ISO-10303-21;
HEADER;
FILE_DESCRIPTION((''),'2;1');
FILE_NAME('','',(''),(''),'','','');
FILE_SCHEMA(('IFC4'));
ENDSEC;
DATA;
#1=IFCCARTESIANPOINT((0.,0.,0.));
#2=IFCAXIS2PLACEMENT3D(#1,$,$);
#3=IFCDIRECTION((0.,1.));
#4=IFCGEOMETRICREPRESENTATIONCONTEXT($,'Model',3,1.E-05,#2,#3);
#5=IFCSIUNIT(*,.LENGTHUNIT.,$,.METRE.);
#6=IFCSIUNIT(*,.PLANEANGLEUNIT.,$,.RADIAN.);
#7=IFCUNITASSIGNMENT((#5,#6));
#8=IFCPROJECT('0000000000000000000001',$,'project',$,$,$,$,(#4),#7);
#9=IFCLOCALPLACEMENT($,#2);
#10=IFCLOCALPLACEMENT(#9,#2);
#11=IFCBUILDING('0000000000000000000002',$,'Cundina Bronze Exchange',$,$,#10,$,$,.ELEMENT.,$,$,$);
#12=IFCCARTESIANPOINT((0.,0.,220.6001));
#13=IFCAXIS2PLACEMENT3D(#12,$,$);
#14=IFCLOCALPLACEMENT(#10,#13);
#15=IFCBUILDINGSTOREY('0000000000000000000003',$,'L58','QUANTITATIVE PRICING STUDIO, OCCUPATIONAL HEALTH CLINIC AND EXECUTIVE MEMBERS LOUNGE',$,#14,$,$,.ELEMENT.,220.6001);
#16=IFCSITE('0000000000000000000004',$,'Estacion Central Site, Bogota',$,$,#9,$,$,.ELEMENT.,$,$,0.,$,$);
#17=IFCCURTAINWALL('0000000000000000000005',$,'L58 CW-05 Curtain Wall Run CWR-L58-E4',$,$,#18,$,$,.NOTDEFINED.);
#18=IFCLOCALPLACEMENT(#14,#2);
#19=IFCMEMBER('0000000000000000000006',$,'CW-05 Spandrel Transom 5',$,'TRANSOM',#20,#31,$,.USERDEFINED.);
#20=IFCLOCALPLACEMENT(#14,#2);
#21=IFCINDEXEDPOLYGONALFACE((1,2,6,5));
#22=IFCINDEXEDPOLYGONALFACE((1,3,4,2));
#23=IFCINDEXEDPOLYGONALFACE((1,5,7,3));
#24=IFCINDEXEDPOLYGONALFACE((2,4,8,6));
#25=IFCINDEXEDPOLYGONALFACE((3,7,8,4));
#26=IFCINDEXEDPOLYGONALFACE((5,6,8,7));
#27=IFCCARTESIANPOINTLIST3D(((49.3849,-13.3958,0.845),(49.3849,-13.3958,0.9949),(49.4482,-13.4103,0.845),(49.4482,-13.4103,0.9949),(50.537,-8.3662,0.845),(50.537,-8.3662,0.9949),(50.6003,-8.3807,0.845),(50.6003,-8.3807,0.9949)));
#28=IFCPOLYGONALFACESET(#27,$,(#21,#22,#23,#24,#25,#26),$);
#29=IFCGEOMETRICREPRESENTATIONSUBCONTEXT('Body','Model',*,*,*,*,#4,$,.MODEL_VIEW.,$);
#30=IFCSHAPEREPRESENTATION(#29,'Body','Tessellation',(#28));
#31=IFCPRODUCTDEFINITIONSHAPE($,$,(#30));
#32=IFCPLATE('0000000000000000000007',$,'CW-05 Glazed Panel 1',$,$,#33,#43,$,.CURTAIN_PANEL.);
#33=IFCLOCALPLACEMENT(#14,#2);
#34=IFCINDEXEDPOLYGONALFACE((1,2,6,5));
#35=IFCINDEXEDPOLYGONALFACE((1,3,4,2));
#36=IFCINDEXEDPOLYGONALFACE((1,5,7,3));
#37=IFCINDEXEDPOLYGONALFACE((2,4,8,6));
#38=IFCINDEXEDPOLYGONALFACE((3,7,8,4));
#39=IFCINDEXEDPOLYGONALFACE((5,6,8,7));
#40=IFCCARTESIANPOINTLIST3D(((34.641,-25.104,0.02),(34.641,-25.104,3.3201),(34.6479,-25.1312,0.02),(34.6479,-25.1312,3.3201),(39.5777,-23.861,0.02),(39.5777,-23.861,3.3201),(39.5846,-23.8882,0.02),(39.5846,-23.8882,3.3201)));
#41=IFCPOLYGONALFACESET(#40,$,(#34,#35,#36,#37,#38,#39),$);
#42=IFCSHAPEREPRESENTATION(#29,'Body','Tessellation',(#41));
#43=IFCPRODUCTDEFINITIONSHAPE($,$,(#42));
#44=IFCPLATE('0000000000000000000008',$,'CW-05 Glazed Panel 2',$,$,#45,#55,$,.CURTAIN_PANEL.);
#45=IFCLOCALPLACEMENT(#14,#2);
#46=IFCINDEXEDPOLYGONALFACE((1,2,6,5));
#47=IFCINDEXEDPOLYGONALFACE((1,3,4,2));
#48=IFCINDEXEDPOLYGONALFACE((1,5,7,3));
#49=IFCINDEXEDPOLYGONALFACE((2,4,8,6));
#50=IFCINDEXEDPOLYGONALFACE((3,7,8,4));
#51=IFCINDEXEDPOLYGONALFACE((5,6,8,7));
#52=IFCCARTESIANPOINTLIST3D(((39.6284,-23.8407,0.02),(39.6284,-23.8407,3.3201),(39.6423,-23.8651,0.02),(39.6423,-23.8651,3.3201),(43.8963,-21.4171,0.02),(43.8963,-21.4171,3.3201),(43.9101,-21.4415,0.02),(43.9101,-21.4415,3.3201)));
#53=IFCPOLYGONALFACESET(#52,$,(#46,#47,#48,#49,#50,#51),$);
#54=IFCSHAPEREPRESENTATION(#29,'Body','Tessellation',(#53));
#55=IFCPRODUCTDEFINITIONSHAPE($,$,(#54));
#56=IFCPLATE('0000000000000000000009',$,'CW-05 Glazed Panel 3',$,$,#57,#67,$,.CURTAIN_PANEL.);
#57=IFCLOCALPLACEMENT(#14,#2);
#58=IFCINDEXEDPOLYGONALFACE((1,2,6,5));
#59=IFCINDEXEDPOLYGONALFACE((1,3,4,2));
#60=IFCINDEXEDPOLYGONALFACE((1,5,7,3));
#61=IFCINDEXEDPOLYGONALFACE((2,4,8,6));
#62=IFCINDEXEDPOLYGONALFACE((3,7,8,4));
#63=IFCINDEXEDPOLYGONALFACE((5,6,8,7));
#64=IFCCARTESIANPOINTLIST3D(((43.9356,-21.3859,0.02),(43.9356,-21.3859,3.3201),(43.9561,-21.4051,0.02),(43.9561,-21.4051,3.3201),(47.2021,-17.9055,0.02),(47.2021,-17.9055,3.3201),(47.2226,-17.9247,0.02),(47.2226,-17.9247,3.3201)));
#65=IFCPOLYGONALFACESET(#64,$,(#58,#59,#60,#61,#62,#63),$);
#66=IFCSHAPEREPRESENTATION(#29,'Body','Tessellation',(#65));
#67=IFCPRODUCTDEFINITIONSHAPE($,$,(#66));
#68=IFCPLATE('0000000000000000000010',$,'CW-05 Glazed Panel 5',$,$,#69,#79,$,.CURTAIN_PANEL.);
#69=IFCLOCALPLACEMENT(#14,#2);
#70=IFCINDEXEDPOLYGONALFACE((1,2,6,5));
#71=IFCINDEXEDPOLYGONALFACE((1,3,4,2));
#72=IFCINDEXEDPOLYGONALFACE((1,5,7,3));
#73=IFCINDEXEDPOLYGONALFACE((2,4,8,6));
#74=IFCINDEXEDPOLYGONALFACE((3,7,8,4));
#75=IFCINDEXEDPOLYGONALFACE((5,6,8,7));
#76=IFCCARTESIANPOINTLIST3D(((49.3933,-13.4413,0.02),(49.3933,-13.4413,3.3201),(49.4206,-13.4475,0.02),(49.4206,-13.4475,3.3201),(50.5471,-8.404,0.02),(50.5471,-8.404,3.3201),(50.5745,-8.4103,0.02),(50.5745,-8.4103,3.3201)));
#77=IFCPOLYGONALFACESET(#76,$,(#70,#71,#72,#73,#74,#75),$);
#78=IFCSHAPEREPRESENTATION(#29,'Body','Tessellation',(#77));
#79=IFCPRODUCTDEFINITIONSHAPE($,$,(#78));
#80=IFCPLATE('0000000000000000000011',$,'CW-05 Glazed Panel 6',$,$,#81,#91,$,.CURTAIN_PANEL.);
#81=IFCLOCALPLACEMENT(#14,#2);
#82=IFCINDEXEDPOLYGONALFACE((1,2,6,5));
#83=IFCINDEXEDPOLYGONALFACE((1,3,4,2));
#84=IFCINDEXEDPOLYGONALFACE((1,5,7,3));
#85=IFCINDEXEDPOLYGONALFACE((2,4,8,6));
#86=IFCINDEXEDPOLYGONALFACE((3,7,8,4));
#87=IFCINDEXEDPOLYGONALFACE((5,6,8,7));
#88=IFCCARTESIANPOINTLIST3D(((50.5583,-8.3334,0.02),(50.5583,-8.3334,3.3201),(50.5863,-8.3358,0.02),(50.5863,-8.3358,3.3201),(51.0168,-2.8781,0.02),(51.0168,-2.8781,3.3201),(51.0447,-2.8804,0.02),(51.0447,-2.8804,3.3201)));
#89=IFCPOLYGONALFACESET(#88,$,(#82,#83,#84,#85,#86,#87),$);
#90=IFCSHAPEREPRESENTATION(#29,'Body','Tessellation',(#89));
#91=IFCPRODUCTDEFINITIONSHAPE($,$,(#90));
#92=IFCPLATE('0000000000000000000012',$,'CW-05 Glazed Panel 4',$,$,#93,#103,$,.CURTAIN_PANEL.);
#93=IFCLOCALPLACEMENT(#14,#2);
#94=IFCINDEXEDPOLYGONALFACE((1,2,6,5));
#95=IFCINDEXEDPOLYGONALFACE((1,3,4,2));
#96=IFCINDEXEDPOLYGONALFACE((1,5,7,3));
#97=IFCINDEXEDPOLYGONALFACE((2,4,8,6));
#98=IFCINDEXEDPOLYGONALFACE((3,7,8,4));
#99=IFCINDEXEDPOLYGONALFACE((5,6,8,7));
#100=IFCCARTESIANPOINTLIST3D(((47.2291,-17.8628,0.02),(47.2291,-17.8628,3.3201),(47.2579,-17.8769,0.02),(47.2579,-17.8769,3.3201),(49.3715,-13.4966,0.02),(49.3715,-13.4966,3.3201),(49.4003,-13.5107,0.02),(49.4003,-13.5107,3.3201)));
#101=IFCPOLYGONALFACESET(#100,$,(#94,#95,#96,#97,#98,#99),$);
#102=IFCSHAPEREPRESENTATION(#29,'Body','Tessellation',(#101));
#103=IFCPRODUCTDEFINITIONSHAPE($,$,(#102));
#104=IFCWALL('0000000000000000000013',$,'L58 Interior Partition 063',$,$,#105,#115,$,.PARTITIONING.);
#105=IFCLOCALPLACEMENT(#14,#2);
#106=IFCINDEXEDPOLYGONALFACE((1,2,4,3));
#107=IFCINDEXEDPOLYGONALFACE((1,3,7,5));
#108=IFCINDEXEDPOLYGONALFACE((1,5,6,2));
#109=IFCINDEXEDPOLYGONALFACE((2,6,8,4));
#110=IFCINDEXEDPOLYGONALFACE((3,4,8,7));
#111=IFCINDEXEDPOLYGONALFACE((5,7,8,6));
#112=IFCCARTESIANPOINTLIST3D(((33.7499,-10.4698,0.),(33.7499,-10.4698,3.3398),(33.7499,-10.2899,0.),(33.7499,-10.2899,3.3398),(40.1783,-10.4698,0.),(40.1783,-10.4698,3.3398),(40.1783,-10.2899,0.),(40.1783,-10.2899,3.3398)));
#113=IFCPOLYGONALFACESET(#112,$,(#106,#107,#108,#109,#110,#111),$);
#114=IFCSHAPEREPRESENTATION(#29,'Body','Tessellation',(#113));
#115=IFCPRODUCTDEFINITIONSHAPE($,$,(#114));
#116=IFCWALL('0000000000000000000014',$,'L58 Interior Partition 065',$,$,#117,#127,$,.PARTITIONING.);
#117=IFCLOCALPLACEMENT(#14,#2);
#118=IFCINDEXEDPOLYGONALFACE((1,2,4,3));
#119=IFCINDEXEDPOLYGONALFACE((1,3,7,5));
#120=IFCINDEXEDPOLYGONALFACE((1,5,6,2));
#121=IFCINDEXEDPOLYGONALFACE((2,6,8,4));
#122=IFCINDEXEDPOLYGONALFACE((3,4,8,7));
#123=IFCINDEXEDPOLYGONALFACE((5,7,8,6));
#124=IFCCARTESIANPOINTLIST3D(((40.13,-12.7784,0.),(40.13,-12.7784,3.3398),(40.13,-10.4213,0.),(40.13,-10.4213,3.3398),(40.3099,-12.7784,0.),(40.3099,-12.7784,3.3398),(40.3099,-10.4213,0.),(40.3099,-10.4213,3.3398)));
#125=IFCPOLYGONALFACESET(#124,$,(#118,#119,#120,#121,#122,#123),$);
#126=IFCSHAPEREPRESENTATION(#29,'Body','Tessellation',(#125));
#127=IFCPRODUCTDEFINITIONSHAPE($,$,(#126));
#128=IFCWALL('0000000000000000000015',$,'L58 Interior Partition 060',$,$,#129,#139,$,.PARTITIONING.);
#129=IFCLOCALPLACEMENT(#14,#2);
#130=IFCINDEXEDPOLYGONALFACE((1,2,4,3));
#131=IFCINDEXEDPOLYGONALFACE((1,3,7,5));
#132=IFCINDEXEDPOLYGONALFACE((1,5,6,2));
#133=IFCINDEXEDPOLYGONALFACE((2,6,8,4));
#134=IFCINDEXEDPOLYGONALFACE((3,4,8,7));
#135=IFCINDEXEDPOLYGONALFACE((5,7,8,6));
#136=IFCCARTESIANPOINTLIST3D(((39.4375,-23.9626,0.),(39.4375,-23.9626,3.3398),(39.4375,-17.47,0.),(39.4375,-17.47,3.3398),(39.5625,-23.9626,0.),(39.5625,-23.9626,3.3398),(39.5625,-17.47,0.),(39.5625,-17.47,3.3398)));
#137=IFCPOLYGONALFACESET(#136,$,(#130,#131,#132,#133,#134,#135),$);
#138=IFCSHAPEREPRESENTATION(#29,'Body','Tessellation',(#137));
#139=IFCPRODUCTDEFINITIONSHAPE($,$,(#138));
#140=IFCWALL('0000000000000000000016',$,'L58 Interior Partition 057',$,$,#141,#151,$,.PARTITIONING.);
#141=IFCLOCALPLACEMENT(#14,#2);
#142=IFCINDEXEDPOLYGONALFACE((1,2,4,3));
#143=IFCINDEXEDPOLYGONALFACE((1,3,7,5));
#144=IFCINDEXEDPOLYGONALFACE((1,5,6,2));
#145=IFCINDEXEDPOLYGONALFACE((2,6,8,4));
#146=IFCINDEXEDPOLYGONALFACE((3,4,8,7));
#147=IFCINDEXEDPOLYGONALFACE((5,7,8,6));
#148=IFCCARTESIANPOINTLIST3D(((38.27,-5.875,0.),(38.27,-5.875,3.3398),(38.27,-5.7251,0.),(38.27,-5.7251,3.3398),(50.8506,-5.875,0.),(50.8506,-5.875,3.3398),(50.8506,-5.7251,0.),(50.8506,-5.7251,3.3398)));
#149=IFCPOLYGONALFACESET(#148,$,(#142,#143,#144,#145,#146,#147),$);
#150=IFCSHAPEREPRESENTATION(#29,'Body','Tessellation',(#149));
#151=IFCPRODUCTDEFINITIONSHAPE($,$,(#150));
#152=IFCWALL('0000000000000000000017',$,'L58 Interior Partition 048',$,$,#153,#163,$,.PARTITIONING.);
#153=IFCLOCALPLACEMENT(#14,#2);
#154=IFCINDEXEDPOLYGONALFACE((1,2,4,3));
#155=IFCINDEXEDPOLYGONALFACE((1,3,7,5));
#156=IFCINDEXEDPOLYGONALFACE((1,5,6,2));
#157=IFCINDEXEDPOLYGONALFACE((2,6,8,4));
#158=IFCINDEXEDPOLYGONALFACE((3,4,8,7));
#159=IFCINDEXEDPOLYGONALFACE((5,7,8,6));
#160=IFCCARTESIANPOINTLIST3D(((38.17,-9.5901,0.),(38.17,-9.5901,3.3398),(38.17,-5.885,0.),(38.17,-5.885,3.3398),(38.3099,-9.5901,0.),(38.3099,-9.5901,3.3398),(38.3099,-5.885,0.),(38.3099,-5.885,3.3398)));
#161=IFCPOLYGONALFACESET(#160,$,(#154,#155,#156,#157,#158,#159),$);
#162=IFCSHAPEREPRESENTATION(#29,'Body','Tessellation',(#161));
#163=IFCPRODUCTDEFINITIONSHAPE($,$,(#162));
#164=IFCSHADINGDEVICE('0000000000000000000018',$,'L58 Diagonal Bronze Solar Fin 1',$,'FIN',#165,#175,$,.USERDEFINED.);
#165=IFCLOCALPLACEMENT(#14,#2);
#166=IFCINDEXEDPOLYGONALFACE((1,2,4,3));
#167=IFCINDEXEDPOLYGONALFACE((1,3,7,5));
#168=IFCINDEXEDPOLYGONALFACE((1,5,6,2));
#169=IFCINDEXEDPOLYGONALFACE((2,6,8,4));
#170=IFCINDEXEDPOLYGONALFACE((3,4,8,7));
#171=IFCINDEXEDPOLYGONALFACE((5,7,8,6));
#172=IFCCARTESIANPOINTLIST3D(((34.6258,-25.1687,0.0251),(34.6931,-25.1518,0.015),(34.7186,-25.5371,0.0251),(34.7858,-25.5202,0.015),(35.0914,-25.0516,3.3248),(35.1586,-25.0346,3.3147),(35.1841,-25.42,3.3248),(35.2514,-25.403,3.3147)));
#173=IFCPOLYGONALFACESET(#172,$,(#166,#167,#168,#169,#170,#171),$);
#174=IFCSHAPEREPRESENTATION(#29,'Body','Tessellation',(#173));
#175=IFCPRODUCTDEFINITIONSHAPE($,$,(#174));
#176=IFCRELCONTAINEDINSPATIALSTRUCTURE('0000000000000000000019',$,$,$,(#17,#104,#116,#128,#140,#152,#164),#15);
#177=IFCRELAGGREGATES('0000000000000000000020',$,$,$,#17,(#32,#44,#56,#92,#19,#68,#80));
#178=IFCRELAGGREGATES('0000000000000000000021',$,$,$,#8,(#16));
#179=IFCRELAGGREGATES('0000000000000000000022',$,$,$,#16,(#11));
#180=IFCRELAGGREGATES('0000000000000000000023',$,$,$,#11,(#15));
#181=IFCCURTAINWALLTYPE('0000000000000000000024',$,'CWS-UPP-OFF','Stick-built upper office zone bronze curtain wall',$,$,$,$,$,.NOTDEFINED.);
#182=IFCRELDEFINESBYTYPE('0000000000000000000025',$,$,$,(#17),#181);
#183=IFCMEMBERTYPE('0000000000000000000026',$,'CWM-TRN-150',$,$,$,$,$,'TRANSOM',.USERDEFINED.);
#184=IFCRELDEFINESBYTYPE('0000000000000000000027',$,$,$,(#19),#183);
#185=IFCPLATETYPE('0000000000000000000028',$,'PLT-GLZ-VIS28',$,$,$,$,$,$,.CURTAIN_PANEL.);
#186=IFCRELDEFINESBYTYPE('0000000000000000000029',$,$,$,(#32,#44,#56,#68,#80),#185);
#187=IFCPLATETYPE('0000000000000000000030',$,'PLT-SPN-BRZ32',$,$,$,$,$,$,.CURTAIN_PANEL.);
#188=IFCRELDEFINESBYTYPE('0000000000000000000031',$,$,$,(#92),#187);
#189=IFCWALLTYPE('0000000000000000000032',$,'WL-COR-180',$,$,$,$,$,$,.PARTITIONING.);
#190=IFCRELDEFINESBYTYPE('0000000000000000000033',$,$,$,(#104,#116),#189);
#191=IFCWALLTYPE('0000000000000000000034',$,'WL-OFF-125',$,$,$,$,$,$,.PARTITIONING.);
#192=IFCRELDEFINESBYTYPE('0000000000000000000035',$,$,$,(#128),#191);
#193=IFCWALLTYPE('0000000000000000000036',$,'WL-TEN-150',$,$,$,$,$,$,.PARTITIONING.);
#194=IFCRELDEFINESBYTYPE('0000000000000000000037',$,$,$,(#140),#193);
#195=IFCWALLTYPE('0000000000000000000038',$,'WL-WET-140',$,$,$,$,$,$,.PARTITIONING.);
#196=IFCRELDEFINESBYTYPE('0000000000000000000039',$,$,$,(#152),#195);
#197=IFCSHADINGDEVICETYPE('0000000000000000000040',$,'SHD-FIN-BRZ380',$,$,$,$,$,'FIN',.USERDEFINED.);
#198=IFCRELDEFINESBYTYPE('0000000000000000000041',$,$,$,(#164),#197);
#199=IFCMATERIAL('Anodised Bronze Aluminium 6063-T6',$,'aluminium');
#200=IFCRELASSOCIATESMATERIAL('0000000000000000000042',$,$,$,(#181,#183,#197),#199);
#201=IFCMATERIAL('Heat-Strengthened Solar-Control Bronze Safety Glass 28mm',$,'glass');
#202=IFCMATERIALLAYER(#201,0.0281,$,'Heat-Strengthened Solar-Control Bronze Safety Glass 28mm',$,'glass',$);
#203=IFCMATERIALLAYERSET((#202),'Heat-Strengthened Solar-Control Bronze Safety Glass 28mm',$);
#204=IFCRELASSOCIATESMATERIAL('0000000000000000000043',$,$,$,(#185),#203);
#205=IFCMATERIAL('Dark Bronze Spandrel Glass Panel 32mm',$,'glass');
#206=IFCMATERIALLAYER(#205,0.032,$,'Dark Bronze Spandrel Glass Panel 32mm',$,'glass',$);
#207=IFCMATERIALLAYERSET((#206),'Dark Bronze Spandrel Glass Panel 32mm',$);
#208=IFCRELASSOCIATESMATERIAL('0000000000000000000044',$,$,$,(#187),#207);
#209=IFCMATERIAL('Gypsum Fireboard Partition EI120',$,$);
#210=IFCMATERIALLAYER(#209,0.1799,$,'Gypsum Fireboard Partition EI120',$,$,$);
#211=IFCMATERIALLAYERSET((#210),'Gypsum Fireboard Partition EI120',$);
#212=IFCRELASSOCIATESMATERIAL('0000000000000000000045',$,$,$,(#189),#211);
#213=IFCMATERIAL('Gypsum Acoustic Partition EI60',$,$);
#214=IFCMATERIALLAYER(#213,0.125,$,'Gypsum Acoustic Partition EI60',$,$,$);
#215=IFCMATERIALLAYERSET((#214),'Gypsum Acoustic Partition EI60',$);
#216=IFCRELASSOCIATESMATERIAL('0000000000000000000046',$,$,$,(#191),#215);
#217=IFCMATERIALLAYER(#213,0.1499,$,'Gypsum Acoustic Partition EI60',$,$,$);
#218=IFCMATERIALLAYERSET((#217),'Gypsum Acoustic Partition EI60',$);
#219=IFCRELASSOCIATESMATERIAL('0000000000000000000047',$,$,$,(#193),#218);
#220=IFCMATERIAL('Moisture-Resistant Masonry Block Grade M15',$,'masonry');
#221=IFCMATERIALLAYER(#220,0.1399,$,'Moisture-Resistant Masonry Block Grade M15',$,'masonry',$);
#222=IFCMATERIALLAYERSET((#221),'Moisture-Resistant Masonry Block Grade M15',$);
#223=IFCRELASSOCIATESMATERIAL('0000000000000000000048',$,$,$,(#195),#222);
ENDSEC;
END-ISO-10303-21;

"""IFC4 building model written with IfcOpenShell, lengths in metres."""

from ifc_helpers import new_model, si_unit, direction, frame, frame_2d, origin, origin_2d, place, context, subcontext, project, spatial, rectangle, extrude, material, layer, layer_set, material_profile, profile_set, type_object, element, aggregate, save


model = new_model("IFC4")

# Units and contexts
model_context = context("Model", 3, precision=1e-05, world=origin(), true_north=direction((0.0, 1.0)))
body_context = subcontext(model_context, "Body", "Model", "MODEL_VIEW")
ifc_project = project(units=[si_unit("LENGTHUNIT", "METRE"), si_unit("PLANEANGLEUNIT", "RADIAN")], contexts=[model_context])

# Site, building, storey
site_placement = place(None, origin())
site = spatial("IfcSite", under=ifc_project, at=site_placement, Name="Estacion Central Site, Bogota", CompositionType="ELEMENT", RefElevation=0.0)
building_placement = place(site_placement, origin())
building = spatial("IfcBuilding", under=site, at=building_placement, Name="Cundina Bronze Exchange", CompositionType="ELEMENT")
storey_placement = place(building_placement, frame((0.0, 0.0, 220.6001)))
storey = spatial("IfcBuildingStorey", under=building, at=storey_placement, Name="L58", Description="QUANTITATIVE PRICING STUDIO, OCCUPATIONAL HEALTH CLINIC AND EXECUTIVE MEMBERS LOUNGE", CompositionType="ELEMENT", Elevation=220.6001)

# Curtain wall, member, plates
ifc_material_1 = material(Name="Anodised Bronze Aluminium 6063-T6", Category="aluminium")
curtain_wall_type = type_object("IfcCurtainWallType", Name="CWS-UPP-OFF", Description="Stick-built upper office zone bronze curtain wall", PredefinedType="NOTDEFINED", material=ifc_material_1)
curtain_wall_placement = place(storey_placement, origin())
curtain_wall = element("IfcCurtainWall", 1, at=curtain_wall_placement, inside=storey, type_object=curtain_wall_type, Name="L58 CW-05 Curtain Wall Run CWR-L58-E4", PredefinedType="NOTDEFINED")
ifc_material_profile_1 = material_profile(ifc_material_1, rectangle(XDim=0.0649, YDim=0.1499, at=origin_2d()), Name="AL65X150", Category="aluminium")
ifc_profile_set_1 = profile_set([ifc_material_profile_1], Name="Anodised Bronze Aluminium 6063-T6")
member_type_1 = type_object("IfcMemberType", Name="CWM-TRN-150", ElementType="TRANSOM", PredefinedType="USERDEFINED", material=ifc_profile_set_1)
member_1_placement = place(storey_placement, frame((49.4165, -13.4031, 0.9199), z_axis=(0.223283, 0.974754, 0.0), x_axis=(-0.974754, 0.223283, 0.0)))
member_1 = element("IfcMember", 2, at=member_1_placement, type_object=member_type_1, Name="CW-05 Spandrel Transom 5", ObjectType="TRANSOM", PredefinedType="USERDEFINED", context=body_context, shape_type="SweptSolid", body=[
    extrude(rectangle(XDim=0.0649, YDim=0.1499, at=origin_2d()), origin(), (0.0, 0.0, 1.0), 5.1599),
])
ifc_material_2 = material(Name="Heat-Strengthened Solar-Control Bronze Safety Glass 28mm", Category="glass")
ifc_layer_1 = layer(ifc_material_2, 0.0281, Name="Heat-Strengthened Solar-Control Bronze Safety Glass 28mm", Category="glass")
ifc_layer_set_1 = layer_set([ifc_layer_1], Name="Heat-Strengthened Solar-Control Bronze Safety Glass 28mm")
plate_type_1 = type_object("IfcPlateType", Name="PLT-GLZ-VIS28", PredefinedType="CURTAIN_PANEL", material=ifc_layer_set_1)
plate_1_placement = place(storey_placement, frame((37.1128, -24.4961, 0.02), z_axis=(0.0, 0.0, 1.0), x_axis=(0.969732, 0.244174, 0.0)))
plate_1 = element("IfcPlate", 3, at=plate_1_placement, type_object=plate_type_1, Name="CW-05 Glazed Panel 1", PredefinedType="CURTAIN_PANEL", context=body_context, shape_type="SweptSolid", body=[
    extrude(rectangle(XDim=5.0908, YDim=0.0281, at=origin_2d()), origin(), (0.0, 0.0, 1.0), 3.3),
])
plate_2_placement = place(storey_placement, frame((41.7693, -22.6411, 0.02), z_axis=(0.0, 0.0, 1.0), x_axis=(0.869573, 0.493805, 0.0)))
plate_2 = element("IfcPlate", 4, at=plate_2_placement, type_object=plate_type_1, Name="CW-05 Glazed Panel 2", PredefinedType="CURTAIN_PANEL", context=body_context, shape_type="SweptSolid", body=[
    extrude(rectangle(XDim=4.908, YDim=0.0281, at=origin_2d()), origin(), (0.0, 0.0, 1.0), 3.3),
])
plate_3_placement = place(storey_placement, frame((45.5791, -19.6553, 0.02), z_axis=(0.0, 0.0, 1.0), x_axis=(0.684344, 0.72916, 0.0)))
plate_3 = element("IfcPlate", 5, at=plate_3_placement, type_object=plate_type_1, Name="CW-05 Glazed Panel 3", PredefinedType="CURTAIN_PANEL", context=body_context, shape_type="SweptSolid", body=[
    extrude(rectangle(XDim=4.7732, YDim=0.0281, at=origin_2d()), origin(), (0.0, 0.0, 1.0), 3.3),
])
plate_4_placement = place(storey_placement, frame((49.9839, -10.9258, 0.02), z_axis=(0.0, 0.0, 1.0), x_axis=(0.223284, 0.974753, 0.0)))
plate_4 = element("IfcPlate", 6, at=plate_4_placement, type_object=plate_type_1, Name="CW-05 Glazed Panel 5", PredefinedType="CURTAIN_PANEL", context=body_context, shape_type="SweptSolid", body=[
    extrude(rectangle(XDim=5.1677, YDim=0.0281, at=origin_2d()), origin(), (0.0, 0.0, 1.0), 3.3),
])
plate_5_placement = place(storey_placement, frame((50.8015, -5.6069, 0.02), z_axis=(0.0, 0.0, 1.0), x_axis=(0.083747, 0.996487, 0.0)))
plate_5 = element("IfcPlate", 7, at=plate_5_placement, type_object=plate_type_1, Name="CW-05 Glazed Panel 6", PredefinedType="CURTAIN_PANEL", context=body_context, shape_type="SweptSolid", body=[
    extrude(rectangle(XDim=5.4746, YDim=0.0281, at=origin_2d()), origin(), (0.0, 0.0, 1.0), 3.3),
])
ifc_material_3 = material(Name="Dark Bronze Spandrel Glass Panel 32mm", Category="glass")
ifc_layer_2 = layer(ifc_material_3, 0.032, Name="Dark Bronze Spandrel Glass Panel 32mm", Category="glass")
ifc_layer_set_2 = layer_set([ifc_layer_2], Name="Dark Bronze Spandrel Glass Panel 32mm")
plate_type_2 = type_object("IfcPlateType", Name="PLT-SPN-BRZ32", PredefinedType="CURTAIN_PANEL", material=ifc_layer_set_2)
plate_6_placement = place(storey_placement, frame((48.3147, -15.6868, 0.02), z_axis=(0.0, 0.0, 1.0), x_axis=(0.440503, 0.897751, 0.0)))
plate_6 = element("IfcPlate", 8, at=plate_6_placement, type_object=plate_type_2, Name="CW-05 Glazed Panel 4", PredefinedType="CURTAIN_PANEL", context=body_context, shape_type="SweptSolid", body=[
    extrude(rectangle(XDim=4.8635, YDim=0.032, at=origin_2d()), origin(), (0.0, 0.0, 1.0), 3.3),
])
aggregate(curtain_wall, [plate_1, plate_2, plate_3, plate_6, member_1, plate_4, plate_5])

# Walls
ifc_material_4 = material(Name="Gypsum Fireboard Partition EI120")
ifc_layer_3 = layer(ifc_material_4, 0.1799, Name="Gypsum Fireboard Partition EI120")
ifc_layer_set_3 = layer_set([ifc_layer_3], Name="Gypsum Fireboard Partition EI120")
wall_type_1 = type_object("IfcWallType", Name="WL-COR-180", PredefinedType="PARTITIONING", material=ifc_layer_set_3)
wall_1_placement = place(storey_placement, frame((40.1785, -10.3799, 0.0), z_axis=(0.0, 0.0, 1.0), x_axis=(-1.0, 0.0, 0.0)))
element("IfcWall", 9, at=wall_1_placement, inside=storey, type_object=wall_type_1, Name="L58 Interior Partition 063", PredefinedType="PARTITIONING", context=body_context, shape_type="SweptSolid", body=[
    extrude(rectangle(XDim=6.4285, YDim=0.1799, at=frame_2d((3.2144, 0.0))), origin(), (0.0, 0.0, 1.0), 3.3398),
])
wall_2_placement = place(storey_placement, frame((40.22, -12.7786, 0.0), z_axis=(0.0, 0.0, 1.0), x_axis=(0.0, 1.0, 0.0)))
element("IfcWall", 10, at=wall_2_placement, inside=storey, type_object=wall_type_1, Name="L58 Interior Partition 065", PredefinedType="PARTITIONING", context=body_context, shape_type="SweptSolid", body=[
    extrude(rectangle(XDim=2.3572, YDim=0.1799, at=frame_2d((1.1787, 0.0))), origin(), (0.0, 0.0, 1.0), 3.3398),
])
ifc_material_5 = material(Name="Gypsum Acoustic Partition EI60")
ifc_layer_4 = layer(ifc_material_5, 0.125, Name="Gypsum Acoustic Partition EI60")
ifc_layer_set_4 = layer_set([ifc_layer_4], Name="Gypsum Acoustic Partition EI60")
wall_type_2 = type_object("IfcWallType", Name="WL-OFF-125", PredefinedType="PARTITIONING", material=ifc_layer_set_4)
wall_3_placement = place(storey_placement, frame((39.5, -23.9626, 0.0), z_axis=(0.0, 0.0, 1.0), x_axis=(0.0, 1.0, 0.0)))
element("IfcWall", 11, at=wall_3_placement, inside=storey, type_object=wall_type_2, Name="L58 Interior Partition 060", PredefinedType="PARTITIONING", context=body_context, shape_type="SweptSolid", body=[
    extrude(rectangle(XDim=6.4927, YDim=0.125, at=frame_2d((3.2463, 0.0))), origin(), (0.0, 0.0, 1.0), 3.3398),
])
ifc_layer_5 = layer(ifc_material_5, 0.1499, Name="Gypsum Acoustic Partition EI60")
ifc_layer_set_5 = layer_set([ifc_layer_5], Name="Gypsum Acoustic Partition EI60")
wall_type_3 = type_object("IfcWallType", Name="WL-TEN-150", PredefinedType="PARTITIONING", material=ifc_layer_set_5)
wall_4_placement = place(storey_placement, frame((38.27, -5.8, 0.0), z_axis=(0.0, 0.0, 1.0), x_axis=(1.0, 0.0, 0.0)))
element("IfcWall", 12, at=wall_4_placement, inside=storey, type_object=wall_type_3, Name="L58 Interior Partition 057", PredefinedType="PARTITIONING", context=body_context, shape_type="SweptSolid", body=[
    extrude(rectangle(XDim=12.5806, YDim=0.1499, at=frame_2d((6.2903, 0.0))), origin(), (0.0, 0.0, 1.0), 3.3398),
])
ifc_material_6 = material(Name="Moisture-Resistant Masonry Block Grade M15", Category="masonry")
ifc_layer_6 = layer(ifc_material_6, 0.1399, Name="Moisture-Resistant Masonry Block Grade M15", Category="masonry")
ifc_layer_set_6 = layer_set([ifc_layer_6], Name="Moisture-Resistant Masonry Block Grade M15")
wall_type_4 = type_object("IfcWallType", Name="WL-WET-140", PredefinedType="PARTITIONING", material=ifc_layer_set_6)
wall_5_placement = place(storey_placement, frame((38.24, -9.5901, 0.0), z_axis=(0.0, 0.0, 1.0), x_axis=(0.0, 1.0, 0.0)))
element("IfcWall", 13, at=wall_5_placement, inside=storey, type_object=wall_type_4, Name="L58 Interior Partition 048", PredefinedType="PARTITIONING", context=body_context, shape_type="SweptSolid", body=[
    extrude(rectangle(XDim=3.7051, YDim=0.1399, at=frame_2d((1.8525, 0.0))), origin(), (0.0, 0.0, 1.0), 3.3398),
])

# Shading device
ifc_material_profile_2 = material_profile(ifc_material_1, rectangle(XDim=0.0701, YDim=0.3799, at=origin_2d()), Name="FIN70X380", Category="aluminium")
ifc_profile_set_2 = profile_set([ifc_material_profile_2], Name="Anodised Bronze Aluminium 6063-T6")
shading_device_type = type_object("IfcShadingDeviceType", Name="SHD-FIN-BRZ380", ElementType="FIN", PredefinedType="USERDEFINED", material=ifc_profile_set_2)
for number, where, z_axis, x_axis, name in (
    (14, (34.7058, -25.3445, 0.02), (0.139622, 0.035143, 0.989581), (-0.959649, -0.241548, 0.143977), "L58 Diagonal Bronze Solar Fin 1"),
):
    element("IfcShadingDevice", number, at=place(storey_placement, frame(where, z_axis=z_axis, x_axis=x_axis)), inside=storey, type_object=shading_device_type, Name=name, ObjectType="FIN", PredefinedType="USERDEFINED", context=body_context, shape_type="SweptSolid", body=[
        extrude(rectangle(XDim=0.0701, YDim=0.3799, at=origin_2d()), origin(), (0.0, 0.0, 1.0), 3.3345),
    ])

save(model, "model.ifc")
